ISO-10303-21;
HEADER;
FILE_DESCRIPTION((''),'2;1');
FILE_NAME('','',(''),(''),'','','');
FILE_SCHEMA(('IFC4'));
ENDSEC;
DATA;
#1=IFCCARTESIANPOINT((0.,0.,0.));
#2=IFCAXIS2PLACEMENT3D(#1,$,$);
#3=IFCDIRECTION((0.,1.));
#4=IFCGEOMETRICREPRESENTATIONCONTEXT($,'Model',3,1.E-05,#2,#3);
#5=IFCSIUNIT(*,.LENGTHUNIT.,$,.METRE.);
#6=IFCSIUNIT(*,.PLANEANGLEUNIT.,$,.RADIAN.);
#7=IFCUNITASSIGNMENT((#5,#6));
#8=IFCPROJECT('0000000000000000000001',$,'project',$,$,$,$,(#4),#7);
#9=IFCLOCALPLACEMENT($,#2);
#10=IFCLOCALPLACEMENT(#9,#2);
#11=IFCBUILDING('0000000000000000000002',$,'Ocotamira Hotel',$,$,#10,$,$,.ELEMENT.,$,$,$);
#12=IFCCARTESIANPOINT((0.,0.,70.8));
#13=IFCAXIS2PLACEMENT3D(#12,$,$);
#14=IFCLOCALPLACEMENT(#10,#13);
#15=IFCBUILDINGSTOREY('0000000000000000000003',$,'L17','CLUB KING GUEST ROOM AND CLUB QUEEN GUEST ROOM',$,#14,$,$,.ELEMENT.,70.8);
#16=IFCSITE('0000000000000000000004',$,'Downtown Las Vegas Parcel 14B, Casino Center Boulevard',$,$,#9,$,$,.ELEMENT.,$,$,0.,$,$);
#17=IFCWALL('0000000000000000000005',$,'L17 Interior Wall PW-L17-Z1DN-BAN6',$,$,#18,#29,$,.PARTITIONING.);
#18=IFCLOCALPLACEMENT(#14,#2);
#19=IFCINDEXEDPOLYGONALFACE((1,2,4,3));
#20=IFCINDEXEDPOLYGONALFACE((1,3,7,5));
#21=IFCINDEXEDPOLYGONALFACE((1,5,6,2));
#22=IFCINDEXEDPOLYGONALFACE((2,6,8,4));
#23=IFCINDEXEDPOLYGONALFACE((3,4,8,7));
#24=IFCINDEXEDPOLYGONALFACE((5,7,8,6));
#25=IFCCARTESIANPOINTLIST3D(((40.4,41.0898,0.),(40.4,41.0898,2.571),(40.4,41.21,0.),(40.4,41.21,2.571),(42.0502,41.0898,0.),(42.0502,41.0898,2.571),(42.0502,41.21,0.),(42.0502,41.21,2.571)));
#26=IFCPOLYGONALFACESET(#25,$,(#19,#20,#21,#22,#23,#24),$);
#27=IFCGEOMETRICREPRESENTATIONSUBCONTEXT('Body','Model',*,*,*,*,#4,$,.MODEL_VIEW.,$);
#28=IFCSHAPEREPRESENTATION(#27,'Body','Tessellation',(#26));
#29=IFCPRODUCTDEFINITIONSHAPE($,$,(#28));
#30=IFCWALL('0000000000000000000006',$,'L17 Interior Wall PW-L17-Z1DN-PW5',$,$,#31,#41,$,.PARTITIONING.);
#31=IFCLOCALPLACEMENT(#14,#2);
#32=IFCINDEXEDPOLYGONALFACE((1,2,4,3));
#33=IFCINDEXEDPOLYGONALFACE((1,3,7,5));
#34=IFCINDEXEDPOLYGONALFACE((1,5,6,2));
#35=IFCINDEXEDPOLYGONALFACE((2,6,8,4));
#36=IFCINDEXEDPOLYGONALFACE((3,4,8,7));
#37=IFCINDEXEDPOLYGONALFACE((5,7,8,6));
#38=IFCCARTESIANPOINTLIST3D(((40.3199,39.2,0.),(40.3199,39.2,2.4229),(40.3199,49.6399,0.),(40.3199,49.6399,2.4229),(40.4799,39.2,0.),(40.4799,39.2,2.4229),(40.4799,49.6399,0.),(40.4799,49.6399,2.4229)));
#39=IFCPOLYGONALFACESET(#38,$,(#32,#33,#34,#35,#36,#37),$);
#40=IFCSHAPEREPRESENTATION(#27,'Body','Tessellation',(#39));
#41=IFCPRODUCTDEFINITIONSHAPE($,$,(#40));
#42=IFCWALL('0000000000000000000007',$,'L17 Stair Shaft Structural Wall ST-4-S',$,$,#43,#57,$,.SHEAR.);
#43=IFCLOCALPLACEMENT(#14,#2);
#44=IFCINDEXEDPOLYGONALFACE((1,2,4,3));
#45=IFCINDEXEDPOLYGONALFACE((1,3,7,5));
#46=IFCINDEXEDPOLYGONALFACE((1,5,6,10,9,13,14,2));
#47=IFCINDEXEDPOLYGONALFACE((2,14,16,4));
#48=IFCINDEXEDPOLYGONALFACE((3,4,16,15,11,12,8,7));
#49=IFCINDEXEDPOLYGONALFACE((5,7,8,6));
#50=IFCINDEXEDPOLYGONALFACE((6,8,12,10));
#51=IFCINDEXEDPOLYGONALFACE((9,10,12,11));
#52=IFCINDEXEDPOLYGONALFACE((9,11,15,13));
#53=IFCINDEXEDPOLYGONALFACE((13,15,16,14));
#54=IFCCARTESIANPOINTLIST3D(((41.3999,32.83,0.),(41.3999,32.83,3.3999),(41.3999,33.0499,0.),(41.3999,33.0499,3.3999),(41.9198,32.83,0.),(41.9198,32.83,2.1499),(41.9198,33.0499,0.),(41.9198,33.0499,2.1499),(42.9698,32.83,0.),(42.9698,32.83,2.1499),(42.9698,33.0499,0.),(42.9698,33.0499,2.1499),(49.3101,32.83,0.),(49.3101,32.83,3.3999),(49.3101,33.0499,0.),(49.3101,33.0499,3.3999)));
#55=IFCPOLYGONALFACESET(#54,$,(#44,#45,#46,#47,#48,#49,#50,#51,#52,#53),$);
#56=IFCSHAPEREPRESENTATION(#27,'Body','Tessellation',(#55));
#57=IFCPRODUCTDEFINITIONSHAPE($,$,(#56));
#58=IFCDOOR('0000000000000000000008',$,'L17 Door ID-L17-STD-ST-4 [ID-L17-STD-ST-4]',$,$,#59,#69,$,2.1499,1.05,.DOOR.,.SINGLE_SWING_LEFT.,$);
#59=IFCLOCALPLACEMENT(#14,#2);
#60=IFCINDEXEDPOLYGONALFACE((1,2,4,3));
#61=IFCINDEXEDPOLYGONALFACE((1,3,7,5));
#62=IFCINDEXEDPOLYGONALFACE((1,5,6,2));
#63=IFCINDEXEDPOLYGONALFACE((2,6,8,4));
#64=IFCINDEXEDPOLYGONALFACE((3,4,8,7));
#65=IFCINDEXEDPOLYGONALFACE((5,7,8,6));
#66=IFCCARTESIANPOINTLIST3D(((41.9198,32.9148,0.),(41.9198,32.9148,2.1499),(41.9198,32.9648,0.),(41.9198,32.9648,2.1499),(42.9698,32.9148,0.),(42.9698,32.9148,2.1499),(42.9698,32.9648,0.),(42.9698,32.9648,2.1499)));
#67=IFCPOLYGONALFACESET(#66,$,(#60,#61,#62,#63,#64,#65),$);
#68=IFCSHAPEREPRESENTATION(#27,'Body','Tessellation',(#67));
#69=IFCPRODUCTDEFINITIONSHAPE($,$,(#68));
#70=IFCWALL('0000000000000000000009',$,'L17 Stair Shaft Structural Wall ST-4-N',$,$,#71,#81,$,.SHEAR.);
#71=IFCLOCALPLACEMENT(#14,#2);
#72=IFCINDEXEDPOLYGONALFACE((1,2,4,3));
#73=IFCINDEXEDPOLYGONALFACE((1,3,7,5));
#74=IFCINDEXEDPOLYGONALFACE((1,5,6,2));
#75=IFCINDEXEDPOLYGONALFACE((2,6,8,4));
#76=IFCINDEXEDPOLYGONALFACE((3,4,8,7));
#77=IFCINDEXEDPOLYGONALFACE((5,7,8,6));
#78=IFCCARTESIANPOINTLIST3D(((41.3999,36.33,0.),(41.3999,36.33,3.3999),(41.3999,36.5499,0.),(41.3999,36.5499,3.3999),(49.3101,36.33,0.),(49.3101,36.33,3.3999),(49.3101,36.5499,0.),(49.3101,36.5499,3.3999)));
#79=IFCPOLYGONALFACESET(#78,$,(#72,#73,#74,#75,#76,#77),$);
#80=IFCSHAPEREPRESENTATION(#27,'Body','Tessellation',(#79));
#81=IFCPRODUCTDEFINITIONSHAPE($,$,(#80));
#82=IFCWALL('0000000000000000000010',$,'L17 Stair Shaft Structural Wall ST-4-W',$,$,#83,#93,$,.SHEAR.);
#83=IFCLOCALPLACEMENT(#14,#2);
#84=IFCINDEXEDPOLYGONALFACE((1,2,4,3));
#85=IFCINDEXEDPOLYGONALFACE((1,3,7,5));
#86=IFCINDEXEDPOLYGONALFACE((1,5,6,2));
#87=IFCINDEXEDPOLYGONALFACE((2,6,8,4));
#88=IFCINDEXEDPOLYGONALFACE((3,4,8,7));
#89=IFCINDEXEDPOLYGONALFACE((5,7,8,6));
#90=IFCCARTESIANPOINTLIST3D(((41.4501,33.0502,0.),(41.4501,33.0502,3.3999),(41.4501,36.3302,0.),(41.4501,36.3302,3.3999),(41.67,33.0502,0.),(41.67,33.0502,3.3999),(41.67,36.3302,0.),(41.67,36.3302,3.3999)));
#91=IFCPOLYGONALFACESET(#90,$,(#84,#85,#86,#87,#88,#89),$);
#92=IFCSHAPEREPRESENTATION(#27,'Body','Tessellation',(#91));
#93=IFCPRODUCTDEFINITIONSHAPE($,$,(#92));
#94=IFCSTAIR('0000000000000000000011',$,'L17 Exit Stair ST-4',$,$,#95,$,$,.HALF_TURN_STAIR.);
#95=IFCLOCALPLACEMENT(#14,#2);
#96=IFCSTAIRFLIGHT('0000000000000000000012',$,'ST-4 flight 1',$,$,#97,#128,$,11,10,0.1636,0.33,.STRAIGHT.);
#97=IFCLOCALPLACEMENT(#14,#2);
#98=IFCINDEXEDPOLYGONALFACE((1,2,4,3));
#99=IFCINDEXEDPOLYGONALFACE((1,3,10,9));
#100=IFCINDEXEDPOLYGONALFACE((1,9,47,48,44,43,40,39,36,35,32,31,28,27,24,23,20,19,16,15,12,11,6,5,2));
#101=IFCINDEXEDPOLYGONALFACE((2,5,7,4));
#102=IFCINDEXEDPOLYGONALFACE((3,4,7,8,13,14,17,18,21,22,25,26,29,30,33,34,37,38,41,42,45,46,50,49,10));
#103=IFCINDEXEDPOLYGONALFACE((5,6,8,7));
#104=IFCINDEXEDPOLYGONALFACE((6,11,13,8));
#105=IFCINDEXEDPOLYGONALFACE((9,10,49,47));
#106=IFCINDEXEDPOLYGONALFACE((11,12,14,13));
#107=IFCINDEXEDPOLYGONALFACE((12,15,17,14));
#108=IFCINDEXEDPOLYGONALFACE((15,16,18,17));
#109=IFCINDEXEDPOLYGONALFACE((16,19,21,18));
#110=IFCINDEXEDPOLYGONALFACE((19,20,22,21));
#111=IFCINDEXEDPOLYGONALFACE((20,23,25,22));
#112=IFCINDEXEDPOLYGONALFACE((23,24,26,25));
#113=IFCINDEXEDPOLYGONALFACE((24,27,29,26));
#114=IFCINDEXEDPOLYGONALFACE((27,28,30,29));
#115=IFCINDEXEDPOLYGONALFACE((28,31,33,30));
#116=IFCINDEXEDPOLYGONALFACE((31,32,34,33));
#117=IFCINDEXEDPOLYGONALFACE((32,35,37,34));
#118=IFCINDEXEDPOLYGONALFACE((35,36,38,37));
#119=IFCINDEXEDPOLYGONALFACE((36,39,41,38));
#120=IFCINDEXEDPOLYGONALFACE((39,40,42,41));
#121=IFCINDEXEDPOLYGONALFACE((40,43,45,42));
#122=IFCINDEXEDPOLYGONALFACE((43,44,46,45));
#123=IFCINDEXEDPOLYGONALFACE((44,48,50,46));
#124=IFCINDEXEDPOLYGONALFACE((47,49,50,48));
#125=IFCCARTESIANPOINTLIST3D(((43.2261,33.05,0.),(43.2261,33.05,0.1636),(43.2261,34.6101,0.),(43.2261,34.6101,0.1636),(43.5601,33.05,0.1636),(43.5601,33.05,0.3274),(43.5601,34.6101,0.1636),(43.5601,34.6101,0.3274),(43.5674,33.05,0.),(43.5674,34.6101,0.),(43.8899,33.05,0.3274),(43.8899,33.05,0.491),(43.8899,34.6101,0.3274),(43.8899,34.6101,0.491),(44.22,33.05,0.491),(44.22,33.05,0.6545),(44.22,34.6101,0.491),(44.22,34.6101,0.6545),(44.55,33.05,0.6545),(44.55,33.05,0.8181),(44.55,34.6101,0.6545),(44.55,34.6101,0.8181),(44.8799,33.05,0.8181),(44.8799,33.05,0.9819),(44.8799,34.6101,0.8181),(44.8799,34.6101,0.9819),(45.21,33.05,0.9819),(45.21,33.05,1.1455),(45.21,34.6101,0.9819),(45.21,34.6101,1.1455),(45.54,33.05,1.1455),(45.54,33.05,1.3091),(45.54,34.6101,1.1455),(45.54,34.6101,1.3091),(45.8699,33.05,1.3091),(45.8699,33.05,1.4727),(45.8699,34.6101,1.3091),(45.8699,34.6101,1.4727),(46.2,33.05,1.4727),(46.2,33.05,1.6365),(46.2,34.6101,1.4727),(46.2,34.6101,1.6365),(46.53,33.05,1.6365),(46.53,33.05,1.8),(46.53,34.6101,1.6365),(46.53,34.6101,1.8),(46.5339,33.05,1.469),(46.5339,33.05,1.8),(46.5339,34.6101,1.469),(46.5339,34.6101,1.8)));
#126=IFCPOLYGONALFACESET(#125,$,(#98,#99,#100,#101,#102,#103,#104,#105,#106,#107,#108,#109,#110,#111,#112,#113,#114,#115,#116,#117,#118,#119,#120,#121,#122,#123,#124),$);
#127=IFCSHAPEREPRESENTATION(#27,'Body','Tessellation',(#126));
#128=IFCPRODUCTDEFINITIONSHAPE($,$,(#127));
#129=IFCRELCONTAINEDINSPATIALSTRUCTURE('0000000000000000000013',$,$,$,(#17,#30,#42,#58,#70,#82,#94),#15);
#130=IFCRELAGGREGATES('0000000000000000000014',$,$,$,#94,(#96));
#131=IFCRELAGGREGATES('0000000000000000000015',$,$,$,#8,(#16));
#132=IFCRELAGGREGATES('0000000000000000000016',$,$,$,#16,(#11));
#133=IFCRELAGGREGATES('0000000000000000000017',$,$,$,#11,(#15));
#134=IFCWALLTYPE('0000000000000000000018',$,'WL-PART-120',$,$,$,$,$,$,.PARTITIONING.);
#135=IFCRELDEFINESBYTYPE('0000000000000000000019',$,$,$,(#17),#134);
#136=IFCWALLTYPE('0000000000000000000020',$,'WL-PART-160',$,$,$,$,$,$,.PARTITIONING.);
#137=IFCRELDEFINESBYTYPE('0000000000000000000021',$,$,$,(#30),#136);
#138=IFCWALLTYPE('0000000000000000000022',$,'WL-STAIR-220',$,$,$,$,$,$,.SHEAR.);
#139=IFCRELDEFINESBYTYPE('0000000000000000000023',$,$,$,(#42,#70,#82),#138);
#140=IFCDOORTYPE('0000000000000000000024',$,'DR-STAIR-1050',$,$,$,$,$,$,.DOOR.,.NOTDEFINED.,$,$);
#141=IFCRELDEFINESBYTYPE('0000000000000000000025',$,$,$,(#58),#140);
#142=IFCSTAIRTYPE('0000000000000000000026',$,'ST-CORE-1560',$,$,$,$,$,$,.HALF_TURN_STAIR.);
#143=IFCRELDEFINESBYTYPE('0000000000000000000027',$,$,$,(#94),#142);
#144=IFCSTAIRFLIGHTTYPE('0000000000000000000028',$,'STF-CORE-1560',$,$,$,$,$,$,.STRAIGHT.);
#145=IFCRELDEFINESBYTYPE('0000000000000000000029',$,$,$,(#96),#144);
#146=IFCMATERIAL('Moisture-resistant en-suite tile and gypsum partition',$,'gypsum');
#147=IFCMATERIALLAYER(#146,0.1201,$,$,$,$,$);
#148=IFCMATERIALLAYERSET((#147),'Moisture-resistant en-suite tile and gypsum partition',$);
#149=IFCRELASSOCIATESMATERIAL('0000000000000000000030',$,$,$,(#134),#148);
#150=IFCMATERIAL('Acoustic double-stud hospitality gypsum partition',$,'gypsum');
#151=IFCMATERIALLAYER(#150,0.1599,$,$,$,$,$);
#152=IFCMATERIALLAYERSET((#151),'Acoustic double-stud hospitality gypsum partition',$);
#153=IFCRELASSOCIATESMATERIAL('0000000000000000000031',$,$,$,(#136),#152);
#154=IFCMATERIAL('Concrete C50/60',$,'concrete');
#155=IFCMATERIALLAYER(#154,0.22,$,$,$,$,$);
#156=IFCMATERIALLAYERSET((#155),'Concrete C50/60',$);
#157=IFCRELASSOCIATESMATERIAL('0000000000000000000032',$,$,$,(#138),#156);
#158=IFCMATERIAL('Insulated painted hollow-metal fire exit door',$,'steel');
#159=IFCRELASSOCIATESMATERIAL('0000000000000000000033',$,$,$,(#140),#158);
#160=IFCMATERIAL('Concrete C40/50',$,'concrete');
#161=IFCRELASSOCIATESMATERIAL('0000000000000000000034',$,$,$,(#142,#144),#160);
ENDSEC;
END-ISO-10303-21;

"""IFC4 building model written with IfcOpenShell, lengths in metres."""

from ifc_helpers import new_model, si_unit, direction, frame, frame_2d, origin, place, context, subcontext, project, spatial, polyline, rectangle, outline, extrude, source, transform, mapped, material, layer, layer_set, type_object, element, fill, aggregate, save


model = new_model("IFC4")

# Units and contexts
model_context = context("Model", 3, precision=1e-05, world=origin(), true_north=direction((0.0, 1.0)))
body_context = subcontext(model_context, "Body", "Model", "MODEL_VIEW")
ifc_project = project(units=[si_unit("LENGTHUNIT", "METRE"), si_unit("PLANEANGLEUNIT", "RADIAN")], contexts=[model_context])

# Site, building, storey
site_placement = place(None, origin())
site = spatial("IfcSite", under=ifc_project, at=site_placement, Name="Downtown Las Vegas Parcel 14B, Casino Center Boulevard", CompositionType="ELEMENT", RefElevation=0.0)
building_placement = place(site_placement, origin())
building = spatial("IfcBuilding", under=site, at=building_placement, Name="Ocotamira Hotel", CompositionType="ELEMENT")
storey_placement = place(building_placement, frame((0.0, 0.0, 70.8)))
storey = spatial("IfcBuildingStorey", under=building, at=storey_placement, Name="L17", Description="CLUB KING GUEST ROOM AND CLUB QUEEN GUEST ROOM", CompositionType="ELEMENT", Elevation=70.8)

# Shared definitions
ifc_material_1 = material(Name="Moisture-resistant en-suite tile and gypsum partition", Category="gypsum")
ifc_layer_1 = layer(ifc_material_1, 0.1201)
ifc_layer_set_1 = layer_set([ifc_layer_1], Name="Moisture-resistant en-suite tile and gypsum partition")
wall_type_1 = type_object("IfcWallType", Name="WL-PART-120", PredefinedType="PARTITIONING", material=ifc_layer_set_1)

# Walls
wall_1_placement = place(storey_placement, frame((40.3999, 41.1499, 0.0), z_axis=(0.0, 0.0, 1.0), x_axis=(1.0, 0.0, 0.0)))
element("IfcWall", 1, at=wall_1_placement, inside=storey, type_object=wall_type_1, Name="L17 Interior Wall PW-L17-Z1DN-BAN6", PredefinedType="PARTITIONING", context=body_context, shape_type="SweptSolid", body=[
    extrude(rectangle(XDim=1.6501, YDim=0.1201, at=frame_2d((0.8252, 0.0))), origin(), (0.0, 0.0, 1.0), 2.571),
])
ifc_material_2 = material(Name="Acoustic double-stud hospitality gypsum partition", Category="gypsum")
ifc_layer_2 = layer(ifc_material_2, 0.1599)
ifc_layer_set_2 = layer_set([ifc_layer_2], Name="Acoustic double-stud hospitality gypsum partition")
wall_type_2 = type_object("IfcWallType", Name="WL-PART-160", PredefinedType="PARTITIONING", material=ifc_layer_set_2)
wall_2_placement = place(storey_placement, frame((40.3999, 39.2, 0.0), z_axis=(0.0, 0.0, 1.0), x_axis=(0.0, 1.0, 0.0)))
element("IfcWall", 2, at=wall_2_placement, inside=storey, type_object=wall_type_2, Name="L17 Interior Wall PW-L17-Z1DN-PW5", PredefinedType="PARTITIONING", context=body_context, shape_type="SweptSolid", body=[
    extrude(rectangle(XDim=10.4399, YDim=0.1599, at=frame_2d((5.22, 0.0))), origin(), (0.0, 0.0, 1.0), 2.4229),
])

# Wall, opening, door
ifc_material_3 = material(Name="Concrete C50/60", Category="concrete")
ifc_layer_3 = layer(ifc_material_3, 0.22)
ifc_layer_set_3 = layer_set([ifc_layer_3], Name="Concrete C50/60")
wall_type_3 = type_object("IfcWallType", Name="WL-STAIR-220", PredefinedType="SHEAR", material=ifc_layer_set_3)
wall_3_placement = place(storey_placement, frame((41.3999, 32.9399, 0.0), z_axis=(0.0, 0.0, 1.0), x_axis=(1.0, 0.0, 0.0)))
wall_3 = element("IfcWall", 3, at=wall_3_placement, inside=storey, type_object=wall_type_3, Name="L17 Stair Shaft Structural Wall ST-4-S", PredefinedType="SHEAR", context=body_context, shape_type="SweptSolid", body=[
    extrude(rectangle(XDim=7.9102, YDim=0.22, at=frame_2d((3.9551, 0.0))), origin(), (0.0, 0.0, 1.0), 3.3999),
])
opening_1_placement = place(wall_3_placement, frame((0.52, 0.0, 0.0)))
opening_1 = element("IfcOpeningElement", 4, at=opening_1_placement, cuts=wall_3, PredefinedType="OPENING", context=body_context, shape_type="SweptSolid", body=[
    extrude(rectangle(XDim=1.05, YDim=2.1499, at=frame_2d((0.5249, 1.075))), frame((0.0, 0.1201, 0.0), z_axis=(0.0, -1.0, 0.0), x_axis=(1.0, 0.0, 0.0)), (0.0, 0.0, 1.0), 0.24),
])
ifc_material_4 = material(Name="Insulated painted hollow-metal fire exit door", Category="steel")
door_type_1 = type_object("IfcDoorType", Name="DR-STAIR-1050", OperationType="NOTDEFINED", PredefinedType="DOOR", material=ifc_material_4)
shared_shape_1 = source(origin(), body_context, "Body", "SweptSolid", [
    extrude(rectangle(XDim=1.05, YDim=2.1499, at=frame_2d((0.5249, 1.075))), frame((0.0, 0.0249, 0.0), z_axis=(0.0, -1.0, 0.0), x_axis=(1.0, 0.0, 0.0)), (0.0, 0.0, 1.0), 0.05),
])
door_1_placement = place(opening_1_placement, origin())
door_1 = element("IfcDoor", 5, at=door_1_placement, inside=storey, type_object=door_type_1, Name="L17 Door ID-L17-STD-ST-4 [ID-L17-STD-ST-4]", OperationType="SINGLE_SWING_LEFT", OverallHeight=2.1499, OverallWidth=1.05, PredefinedType="DOOR", context=body_context, shape_type="MappedRepresentation", body=[
    mapped(shared_shape_1, transform((0.0, 0.0, 0.0), scale=1.0)),
])
fill(opening_1, door_1)

# Walls
wall_4_placement = place(storey_placement, frame((41.3999, 36.4399, 0.0), z_axis=(0.0, 0.0, 1.0), x_axis=(1.0, 0.0, 0.0)))
element("IfcWall", 6, at=wall_4_placement, inside=storey, type_object=wall_type_3, Name="L17 Stair Shaft Structural Wall ST-4-N", PredefinedType="SHEAR", context=body_context, shape_type="SweptSolid", body=[
    extrude(rectangle(XDim=7.9102, YDim=0.22, at=frame_2d((3.9551, 0.0))), origin(), (0.0, 0.0, 1.0), 3.3999),
])
wall_5_placement = place(storey_placement, frame((41.5601, 33.05, 0.0), z_axis=(0.0, 0.0, 1.0), x_axis=(0.0, 1.0, 0.0)))
element("IfcWall", 7, at=wall_5_placement, inside=storey, type_object=wall_type_3, Name="L17 Stair Shaft Structural Wall ST-4-W", PredefinedType="SHEAR", context=body_context, shape_type="SweptSolid", body=[
    extrude(rectangle(XDim=3.28, YDim=0.22, at=frame_2d((1.6401, 0.0))), origin(), (0.0, 0.0, 1.0), 3.3999),
])

# Stair, stair flight
ifc_material_5 = material(Name="Concrete C40/50", Category="concrete")
stair_type = type_object("IfcStairType", Name="ST-CORE-1560", PredefinedType="HALF_TURN_STAIR", material=ifc_material_5)
stair_placement = place(storey_placement, origin())
stair = element("IfcStair", 8, at=stair_placement, inside=storey, type_object=stair_type, Name="L17 Exit Stair ST-4", PredefinedType="HALF_TURN_STAIR")
stair_flight_type = type_object("IfcStairFlightType", Name="STF-CORE-1560", PredefinedType="STRAIGHT", material=ifc_material_5)
shared_shape_2 = source(origin(), body_context, "Body", "SweptSolid", [
    extrude(outline(polyline([(-0.0039, 0.0), (-0.0039, 0.1636), (0.3301, 0.1636), (0.3301, 0.3274), (0.6599, 0.3274), (0.6599, 0.491), (0.99, 0.491), (0.99, 0.6545), (1.3201, 0.6545), (1.3201, 0.8181), (1.6499, 0.8181), (1.6499, 0.9819), (1.98, 0.9819), (1.98, 1.1455), (2.3101, 1.1455), (2.3101, 1.3091), (2.6399, 1.3091), (2.6399, 1.4727), (2.97, 1.4727), (2.97, 1.6365), (3.3, 1.6365), (3.3, 1.8), (3.304, 1.8), (3.304, 1.469), (0.3374, 0.0), (-0.0039, 0.0)])), frame((0.0, 0.78, 0.0), z_axis=(0.0, -1.0, 0.0), x_axis=(1.0, 0.0, 0.0)), (0.0, 0.0, 1.0), 1.5601),
])
stair_flight_placement = place(storey_placement, frame((43.23, 33.8301, 0.0), z_axis=(0.0, 0.0, 1.0), x_axis=(1.0, 0.0, 0.0)))
stair_flight = element("IfcStairFlight", 9, at=stair_flight_placement, type_object=stair_flight_type, Name="ST-4 flight 1", NumberOfRisers=11, NumberOfTreads=10, PredefinedType="STRAIGHT", RiserHeight=0.1636, TreadLength=0.33, context=body_context, shape_type="MappedRepresentation", body=[
    mapped(shared_shape_2, transform((0.0, 0.0, 0.0), scale=1.0)),
])
aggregate(stair, [stair_flight])

save(model, "model.ifc")
